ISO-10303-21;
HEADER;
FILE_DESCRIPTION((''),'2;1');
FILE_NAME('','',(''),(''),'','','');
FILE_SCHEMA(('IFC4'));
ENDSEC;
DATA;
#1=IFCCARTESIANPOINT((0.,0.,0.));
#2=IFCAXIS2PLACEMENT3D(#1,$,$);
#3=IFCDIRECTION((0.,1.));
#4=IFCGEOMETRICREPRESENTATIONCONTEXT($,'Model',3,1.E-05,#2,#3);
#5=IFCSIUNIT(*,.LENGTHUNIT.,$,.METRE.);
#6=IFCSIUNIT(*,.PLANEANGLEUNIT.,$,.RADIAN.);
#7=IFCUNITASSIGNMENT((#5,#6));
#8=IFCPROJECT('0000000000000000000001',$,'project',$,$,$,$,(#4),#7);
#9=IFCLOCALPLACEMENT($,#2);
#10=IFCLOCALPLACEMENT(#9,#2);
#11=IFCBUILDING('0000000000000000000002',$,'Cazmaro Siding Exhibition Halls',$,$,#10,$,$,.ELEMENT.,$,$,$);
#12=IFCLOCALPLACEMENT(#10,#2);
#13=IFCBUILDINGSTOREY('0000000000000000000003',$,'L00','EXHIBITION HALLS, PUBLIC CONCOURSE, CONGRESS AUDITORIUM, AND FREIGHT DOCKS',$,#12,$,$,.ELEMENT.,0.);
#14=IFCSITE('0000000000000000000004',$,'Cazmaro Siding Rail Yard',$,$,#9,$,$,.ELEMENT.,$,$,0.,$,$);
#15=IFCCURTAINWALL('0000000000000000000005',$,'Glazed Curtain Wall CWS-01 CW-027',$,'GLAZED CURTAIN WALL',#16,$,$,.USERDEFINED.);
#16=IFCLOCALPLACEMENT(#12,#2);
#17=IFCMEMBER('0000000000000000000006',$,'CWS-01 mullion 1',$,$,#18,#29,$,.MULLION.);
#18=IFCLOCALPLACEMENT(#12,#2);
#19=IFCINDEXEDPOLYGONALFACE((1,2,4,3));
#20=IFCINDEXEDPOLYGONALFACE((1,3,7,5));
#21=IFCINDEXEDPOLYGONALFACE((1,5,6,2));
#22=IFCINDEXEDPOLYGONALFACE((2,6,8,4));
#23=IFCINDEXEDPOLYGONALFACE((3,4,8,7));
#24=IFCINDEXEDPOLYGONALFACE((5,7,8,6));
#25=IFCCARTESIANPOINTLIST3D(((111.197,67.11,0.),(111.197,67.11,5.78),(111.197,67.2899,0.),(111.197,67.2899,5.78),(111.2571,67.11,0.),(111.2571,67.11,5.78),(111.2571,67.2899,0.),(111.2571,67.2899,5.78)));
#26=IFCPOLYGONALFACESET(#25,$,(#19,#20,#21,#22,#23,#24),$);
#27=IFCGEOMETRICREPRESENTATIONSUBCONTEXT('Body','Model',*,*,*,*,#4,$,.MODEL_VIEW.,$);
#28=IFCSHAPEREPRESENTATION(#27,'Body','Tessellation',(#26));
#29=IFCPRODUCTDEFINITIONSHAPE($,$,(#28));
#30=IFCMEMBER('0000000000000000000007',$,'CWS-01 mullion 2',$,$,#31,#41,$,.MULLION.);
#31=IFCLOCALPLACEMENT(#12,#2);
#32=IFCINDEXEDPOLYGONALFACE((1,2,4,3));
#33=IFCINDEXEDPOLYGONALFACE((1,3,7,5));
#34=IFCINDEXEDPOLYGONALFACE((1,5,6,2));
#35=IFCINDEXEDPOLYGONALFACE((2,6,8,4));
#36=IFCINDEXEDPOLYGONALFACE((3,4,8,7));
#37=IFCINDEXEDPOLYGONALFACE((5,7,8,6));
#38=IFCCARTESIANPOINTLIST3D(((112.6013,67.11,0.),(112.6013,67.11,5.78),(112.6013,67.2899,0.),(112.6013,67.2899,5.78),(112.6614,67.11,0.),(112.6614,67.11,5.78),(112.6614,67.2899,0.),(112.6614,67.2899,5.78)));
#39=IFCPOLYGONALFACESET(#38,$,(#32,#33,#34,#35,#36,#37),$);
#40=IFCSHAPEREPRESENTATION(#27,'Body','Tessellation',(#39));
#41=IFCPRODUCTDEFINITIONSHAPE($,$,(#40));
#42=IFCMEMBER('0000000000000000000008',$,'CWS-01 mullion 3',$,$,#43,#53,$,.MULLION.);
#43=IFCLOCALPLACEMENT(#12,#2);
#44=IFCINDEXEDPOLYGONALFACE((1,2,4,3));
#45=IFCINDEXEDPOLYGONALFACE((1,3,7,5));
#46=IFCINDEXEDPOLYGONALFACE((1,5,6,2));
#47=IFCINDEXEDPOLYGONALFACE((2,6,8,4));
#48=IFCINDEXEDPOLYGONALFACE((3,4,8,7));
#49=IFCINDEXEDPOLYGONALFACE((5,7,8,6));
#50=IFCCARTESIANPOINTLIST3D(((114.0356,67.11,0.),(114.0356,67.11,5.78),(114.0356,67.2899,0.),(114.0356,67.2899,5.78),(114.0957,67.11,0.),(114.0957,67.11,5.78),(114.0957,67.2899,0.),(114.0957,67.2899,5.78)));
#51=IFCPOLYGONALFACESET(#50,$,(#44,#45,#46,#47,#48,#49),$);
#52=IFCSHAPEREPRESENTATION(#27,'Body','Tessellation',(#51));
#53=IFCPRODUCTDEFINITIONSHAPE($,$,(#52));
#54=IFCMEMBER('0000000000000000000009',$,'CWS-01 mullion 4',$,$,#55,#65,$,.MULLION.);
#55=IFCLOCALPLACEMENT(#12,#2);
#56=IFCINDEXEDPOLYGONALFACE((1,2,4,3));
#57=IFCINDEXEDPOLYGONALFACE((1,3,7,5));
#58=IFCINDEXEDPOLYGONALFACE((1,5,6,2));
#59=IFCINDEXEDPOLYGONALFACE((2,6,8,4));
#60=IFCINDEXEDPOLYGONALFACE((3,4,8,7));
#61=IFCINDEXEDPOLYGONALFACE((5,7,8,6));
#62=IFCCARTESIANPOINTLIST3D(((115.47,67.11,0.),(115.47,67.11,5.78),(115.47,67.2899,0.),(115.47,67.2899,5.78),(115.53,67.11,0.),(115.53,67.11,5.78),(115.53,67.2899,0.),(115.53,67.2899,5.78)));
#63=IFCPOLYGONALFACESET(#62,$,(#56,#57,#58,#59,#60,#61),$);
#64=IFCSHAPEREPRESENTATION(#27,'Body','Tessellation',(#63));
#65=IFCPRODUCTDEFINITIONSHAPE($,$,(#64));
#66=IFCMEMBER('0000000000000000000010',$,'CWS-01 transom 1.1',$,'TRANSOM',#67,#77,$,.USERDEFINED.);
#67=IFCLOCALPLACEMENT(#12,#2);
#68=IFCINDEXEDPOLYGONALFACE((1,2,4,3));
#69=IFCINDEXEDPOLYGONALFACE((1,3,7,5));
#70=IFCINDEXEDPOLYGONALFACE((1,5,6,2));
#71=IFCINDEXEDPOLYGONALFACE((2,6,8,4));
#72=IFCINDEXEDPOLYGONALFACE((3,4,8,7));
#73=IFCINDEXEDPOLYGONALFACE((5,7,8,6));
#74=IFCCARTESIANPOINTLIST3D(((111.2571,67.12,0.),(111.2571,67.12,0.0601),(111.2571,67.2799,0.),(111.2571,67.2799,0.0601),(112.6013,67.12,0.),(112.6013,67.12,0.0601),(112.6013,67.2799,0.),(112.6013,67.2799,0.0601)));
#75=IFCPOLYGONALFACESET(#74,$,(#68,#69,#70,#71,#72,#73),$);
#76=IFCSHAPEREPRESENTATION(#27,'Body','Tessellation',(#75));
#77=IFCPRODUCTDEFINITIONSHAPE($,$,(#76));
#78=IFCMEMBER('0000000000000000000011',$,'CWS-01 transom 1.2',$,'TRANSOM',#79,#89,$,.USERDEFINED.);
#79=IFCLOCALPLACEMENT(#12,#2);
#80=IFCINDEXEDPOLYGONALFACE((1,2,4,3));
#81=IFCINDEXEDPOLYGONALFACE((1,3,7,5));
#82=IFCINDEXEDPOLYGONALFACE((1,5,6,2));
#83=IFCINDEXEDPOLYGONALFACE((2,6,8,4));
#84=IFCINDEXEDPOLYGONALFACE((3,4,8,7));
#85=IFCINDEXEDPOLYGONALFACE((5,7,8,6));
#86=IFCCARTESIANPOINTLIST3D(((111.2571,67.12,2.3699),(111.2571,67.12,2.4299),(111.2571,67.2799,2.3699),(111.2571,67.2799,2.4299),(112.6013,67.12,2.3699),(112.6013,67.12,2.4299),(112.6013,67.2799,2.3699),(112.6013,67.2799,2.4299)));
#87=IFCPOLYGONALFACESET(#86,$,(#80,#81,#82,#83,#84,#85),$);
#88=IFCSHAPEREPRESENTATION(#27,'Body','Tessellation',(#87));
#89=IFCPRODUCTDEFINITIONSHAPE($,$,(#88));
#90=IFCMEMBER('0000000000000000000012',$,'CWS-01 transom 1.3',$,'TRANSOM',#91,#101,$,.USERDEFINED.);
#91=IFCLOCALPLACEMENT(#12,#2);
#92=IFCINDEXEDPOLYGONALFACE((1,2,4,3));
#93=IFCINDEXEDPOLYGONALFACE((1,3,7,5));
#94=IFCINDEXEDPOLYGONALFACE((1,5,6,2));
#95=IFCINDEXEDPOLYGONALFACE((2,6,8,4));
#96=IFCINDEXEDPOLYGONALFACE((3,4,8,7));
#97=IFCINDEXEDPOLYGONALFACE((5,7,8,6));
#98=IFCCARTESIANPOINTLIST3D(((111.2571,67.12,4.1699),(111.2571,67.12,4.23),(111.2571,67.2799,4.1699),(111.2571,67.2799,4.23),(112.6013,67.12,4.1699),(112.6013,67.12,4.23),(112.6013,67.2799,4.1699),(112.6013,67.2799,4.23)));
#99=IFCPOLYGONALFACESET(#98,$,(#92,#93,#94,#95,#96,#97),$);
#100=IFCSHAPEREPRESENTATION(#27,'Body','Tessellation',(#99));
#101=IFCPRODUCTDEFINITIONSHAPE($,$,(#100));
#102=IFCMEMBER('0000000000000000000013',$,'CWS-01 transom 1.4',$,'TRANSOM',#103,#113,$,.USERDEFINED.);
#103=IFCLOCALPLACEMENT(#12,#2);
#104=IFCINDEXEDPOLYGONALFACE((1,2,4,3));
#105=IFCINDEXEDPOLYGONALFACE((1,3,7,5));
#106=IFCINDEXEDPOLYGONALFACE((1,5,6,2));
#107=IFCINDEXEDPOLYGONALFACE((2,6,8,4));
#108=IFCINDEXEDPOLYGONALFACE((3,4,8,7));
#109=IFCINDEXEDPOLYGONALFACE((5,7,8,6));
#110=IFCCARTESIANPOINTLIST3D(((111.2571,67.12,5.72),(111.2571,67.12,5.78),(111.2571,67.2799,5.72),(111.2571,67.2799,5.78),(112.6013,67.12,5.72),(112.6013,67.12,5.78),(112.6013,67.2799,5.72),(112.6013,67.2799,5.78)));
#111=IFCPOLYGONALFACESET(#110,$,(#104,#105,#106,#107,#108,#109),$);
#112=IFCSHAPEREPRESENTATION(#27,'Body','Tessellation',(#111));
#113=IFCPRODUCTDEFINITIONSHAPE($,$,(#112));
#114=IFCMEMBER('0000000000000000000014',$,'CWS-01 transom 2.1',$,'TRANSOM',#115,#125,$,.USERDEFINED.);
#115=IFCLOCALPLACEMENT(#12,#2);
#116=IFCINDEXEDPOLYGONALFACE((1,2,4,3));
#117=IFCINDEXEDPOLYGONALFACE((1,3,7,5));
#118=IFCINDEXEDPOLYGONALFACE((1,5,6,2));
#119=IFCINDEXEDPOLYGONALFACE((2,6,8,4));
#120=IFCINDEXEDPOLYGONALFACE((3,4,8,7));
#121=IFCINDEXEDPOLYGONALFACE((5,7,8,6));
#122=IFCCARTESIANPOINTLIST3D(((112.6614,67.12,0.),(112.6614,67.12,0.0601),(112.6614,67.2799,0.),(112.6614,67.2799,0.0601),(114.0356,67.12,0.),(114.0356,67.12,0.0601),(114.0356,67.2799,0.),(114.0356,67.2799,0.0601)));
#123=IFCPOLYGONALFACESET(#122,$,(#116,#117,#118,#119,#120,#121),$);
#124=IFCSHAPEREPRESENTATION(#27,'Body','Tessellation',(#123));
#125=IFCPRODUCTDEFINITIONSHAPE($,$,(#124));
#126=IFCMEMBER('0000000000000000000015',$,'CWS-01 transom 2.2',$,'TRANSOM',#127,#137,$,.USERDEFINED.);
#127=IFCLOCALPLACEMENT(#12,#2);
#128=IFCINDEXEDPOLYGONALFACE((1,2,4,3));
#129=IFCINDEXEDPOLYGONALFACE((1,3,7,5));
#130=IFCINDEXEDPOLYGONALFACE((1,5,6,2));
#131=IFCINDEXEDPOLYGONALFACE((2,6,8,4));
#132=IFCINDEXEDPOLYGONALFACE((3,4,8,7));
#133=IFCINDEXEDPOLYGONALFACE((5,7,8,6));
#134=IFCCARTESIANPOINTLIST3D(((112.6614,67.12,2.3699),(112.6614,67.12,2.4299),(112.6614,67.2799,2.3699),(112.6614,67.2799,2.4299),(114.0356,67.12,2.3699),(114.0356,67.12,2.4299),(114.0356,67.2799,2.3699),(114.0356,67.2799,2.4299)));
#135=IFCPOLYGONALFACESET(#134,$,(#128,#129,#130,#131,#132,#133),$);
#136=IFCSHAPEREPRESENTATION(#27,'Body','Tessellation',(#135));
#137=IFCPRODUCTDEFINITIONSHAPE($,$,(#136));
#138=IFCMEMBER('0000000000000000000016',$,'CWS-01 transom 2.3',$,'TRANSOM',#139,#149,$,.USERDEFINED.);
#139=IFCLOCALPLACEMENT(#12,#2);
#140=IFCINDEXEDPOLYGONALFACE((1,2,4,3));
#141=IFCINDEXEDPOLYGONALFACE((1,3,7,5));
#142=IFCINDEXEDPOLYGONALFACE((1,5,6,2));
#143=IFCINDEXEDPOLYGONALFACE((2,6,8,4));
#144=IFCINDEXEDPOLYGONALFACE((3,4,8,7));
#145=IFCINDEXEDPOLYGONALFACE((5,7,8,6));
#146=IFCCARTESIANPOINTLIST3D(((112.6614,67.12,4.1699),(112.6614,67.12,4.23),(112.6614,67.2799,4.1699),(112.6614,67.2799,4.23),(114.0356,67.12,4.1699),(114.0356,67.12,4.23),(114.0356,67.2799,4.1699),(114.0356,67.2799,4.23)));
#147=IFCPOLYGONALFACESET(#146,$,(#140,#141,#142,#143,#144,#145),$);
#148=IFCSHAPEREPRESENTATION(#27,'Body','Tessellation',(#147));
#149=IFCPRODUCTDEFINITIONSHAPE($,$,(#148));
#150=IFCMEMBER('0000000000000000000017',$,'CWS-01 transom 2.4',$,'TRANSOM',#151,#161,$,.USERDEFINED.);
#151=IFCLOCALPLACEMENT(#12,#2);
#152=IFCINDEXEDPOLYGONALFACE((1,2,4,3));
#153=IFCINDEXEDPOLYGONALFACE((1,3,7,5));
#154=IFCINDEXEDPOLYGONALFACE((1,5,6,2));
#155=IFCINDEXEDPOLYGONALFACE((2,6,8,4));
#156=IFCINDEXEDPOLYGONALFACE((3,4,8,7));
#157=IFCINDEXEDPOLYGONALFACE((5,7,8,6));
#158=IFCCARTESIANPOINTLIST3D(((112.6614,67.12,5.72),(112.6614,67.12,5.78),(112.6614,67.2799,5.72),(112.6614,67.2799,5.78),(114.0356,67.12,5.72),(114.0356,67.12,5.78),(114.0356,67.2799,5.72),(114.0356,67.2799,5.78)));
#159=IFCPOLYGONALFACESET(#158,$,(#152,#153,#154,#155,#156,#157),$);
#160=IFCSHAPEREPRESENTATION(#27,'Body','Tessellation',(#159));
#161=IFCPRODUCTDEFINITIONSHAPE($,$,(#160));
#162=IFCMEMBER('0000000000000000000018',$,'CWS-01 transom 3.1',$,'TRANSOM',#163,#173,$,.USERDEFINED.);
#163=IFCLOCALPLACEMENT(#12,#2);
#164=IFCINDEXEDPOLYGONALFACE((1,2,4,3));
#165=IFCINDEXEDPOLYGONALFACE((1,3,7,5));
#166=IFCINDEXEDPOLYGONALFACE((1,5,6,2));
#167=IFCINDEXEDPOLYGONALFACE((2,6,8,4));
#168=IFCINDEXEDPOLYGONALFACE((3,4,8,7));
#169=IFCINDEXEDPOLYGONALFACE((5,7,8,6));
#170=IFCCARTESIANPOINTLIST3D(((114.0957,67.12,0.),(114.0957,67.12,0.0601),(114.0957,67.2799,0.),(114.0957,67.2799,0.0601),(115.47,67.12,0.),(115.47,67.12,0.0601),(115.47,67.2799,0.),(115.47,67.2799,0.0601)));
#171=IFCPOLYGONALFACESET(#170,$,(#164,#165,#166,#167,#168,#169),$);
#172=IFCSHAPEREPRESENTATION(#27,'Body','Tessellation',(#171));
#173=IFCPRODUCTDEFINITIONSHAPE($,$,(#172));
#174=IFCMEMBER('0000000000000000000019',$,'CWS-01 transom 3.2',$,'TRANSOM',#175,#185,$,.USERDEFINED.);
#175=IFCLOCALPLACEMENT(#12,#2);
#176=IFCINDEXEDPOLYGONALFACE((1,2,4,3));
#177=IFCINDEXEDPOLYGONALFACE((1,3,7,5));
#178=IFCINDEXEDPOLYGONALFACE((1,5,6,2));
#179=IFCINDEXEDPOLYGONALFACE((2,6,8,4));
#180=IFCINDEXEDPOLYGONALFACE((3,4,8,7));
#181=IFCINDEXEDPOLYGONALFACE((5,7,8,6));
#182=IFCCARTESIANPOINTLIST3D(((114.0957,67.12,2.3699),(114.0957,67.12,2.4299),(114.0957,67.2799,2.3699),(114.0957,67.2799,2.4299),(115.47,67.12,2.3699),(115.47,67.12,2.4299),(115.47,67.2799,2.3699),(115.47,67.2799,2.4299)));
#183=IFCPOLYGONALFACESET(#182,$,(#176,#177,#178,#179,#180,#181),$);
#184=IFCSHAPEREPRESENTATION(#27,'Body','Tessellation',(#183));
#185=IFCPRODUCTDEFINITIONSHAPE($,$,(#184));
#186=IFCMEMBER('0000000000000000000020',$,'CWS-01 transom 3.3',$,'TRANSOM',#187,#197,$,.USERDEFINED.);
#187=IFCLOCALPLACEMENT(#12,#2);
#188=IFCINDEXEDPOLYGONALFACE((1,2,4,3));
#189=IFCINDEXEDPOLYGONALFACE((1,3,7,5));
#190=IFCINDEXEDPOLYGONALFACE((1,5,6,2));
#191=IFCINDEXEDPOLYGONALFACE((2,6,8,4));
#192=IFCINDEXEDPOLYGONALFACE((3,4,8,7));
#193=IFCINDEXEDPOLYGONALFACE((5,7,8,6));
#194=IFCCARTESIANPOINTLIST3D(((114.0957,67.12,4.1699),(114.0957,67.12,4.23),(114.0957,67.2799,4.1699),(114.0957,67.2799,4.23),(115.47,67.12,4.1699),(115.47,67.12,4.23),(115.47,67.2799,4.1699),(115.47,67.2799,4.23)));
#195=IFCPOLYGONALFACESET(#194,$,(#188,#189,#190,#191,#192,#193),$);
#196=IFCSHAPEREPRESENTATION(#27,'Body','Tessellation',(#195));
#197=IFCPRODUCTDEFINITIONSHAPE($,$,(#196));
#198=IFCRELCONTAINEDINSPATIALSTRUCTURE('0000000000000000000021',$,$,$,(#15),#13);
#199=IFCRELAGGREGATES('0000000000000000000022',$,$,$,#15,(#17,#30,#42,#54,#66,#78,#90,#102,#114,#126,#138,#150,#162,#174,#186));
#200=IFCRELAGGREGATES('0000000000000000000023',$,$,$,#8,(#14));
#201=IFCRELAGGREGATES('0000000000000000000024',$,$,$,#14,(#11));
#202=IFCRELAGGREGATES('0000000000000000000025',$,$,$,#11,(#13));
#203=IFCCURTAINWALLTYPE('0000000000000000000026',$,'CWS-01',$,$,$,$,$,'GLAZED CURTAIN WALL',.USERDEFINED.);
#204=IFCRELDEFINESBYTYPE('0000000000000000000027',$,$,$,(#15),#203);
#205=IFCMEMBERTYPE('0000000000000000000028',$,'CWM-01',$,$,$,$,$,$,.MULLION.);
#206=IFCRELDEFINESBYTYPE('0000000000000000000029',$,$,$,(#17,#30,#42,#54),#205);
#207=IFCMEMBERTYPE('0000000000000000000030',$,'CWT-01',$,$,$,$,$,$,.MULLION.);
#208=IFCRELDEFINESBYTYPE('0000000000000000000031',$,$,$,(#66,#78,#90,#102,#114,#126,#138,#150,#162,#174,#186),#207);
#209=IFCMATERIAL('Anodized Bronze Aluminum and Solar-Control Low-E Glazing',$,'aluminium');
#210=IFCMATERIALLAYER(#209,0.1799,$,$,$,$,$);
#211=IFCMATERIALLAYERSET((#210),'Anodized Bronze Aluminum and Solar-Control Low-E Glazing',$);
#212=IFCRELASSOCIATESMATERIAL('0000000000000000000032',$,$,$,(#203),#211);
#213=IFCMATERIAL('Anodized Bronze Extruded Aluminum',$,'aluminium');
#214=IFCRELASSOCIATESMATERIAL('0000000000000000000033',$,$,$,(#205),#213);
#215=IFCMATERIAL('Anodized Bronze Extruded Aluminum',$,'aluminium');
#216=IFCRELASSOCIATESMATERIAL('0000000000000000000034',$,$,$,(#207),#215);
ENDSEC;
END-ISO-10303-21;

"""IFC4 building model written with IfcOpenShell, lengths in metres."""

from ifc_helpers import new_model, si_unit, direction, frame, origin, origin_2d, place, context, subcontext, project, spatial, rectangle, extrude, material, layer, layer_set, material_profile, profile_set, type_object, element, aggregate, save


model = new_model("IFC4")

# Units and contexts
model_context = context("Model", 3, precision=1e-05, world=origin(), true_north=direction((0.0, 1.0)))
body_context = subcontext(model_context, "Body", "Model", "MODEL_VIEW")
ifc_project = project(units=[si_unit("LENGTHUNIT", "METRE"), si_unit("PLANEANGLEUNIT", "RADIAN")], contexts=[model_context])

# Site, building, storey
site_placement = place(None, origin())
site = spatial("IfcSite", under=ifc_project, at=site_placement, Name="Cazmaro Siding Rail Yard", CompositionType="ELEMENT", RefElevation=0.0)
building_placement = place(site_placement, origin())
building = spatial("IfcBuilding", under=site, at=building_placement, Name="Cazmaro Siding Exhibition Halls", CompositionType="ELEMENT")
storey_placement = place(building_placement, origin())
storey = spatial("IfcBuildingStorey", under=building, at=storey_placement, Name="L00", Description="EXHIBITION HALLS, PUBLIC CONCOURSE, CONGRESS AUDITORIUM, AND FREIGHT DOCKS", CompositionType="ELEMENT", Elevation=0.0)

# Curtain wall, members
ifc_material_1 = material(Name="Anodized Bronze Aluminum and Solar-Control Low-E Glazing", Category="aluminium")
ifc_layer_1 = layer(ifc_material_1, 0.1799)
ifc_layer_set_1 = layer_set([ifc_layer_1], Name="Anodized Bronze Aluminum and Solar-Control Low-E Glazing")
curtain_wall_type = type_object("IfcCurtainWallType", Name="CWS-01", ElementType="GLAZED CURTAIN WALL", PredefinedType="USERDEFINED", material=ifc_layer_set_1)
curtain_wall_placement = place(storey_placement, origin())
curtain_wall = element("IfcCurtainWall", 1, at=curtain_wall_placement, inside=storey, type_object=curtain_wall_type, Name="Glazed Curtain Wall CWS-01 CW-027", ObjectType="GLAZED CURTAIN WALL", PredefinedType="USERDEFINED")
ifc_material_2 = material(Name="Anodized Bronze Extruded Aluminum", Category="aluminium")
ifc_material_profile_1 = material_profile(ifc_material_2, rectangle(XDim=0.1799, YDim=0.0601, at=origin_2d()), Name="CWM-01")
ifc_profile_set_1 = profile_set([ifc_material_profile_1], Name="Anodized Bronze Extruded Aluminum")
member_type_1 = type_object("IfcMemberType", Name="CWM-01", PredefinedType="MULLION", material=ifc_profile_set_1)
member_1_placement = place(storey_placement, frame((111.2271, 67.2, 0.0), z_axis=(0.0, 0.0, 1.0), x_axis=(0.0, 1.0, 0.0)))
member_1 = element("IfcMember", 2, at=member_1_placement, type_object=member_type_1, Name="CWS-01 mullion 1", PredefinedType="MULLION", context=body_context, shape_type="SweptSolid", body=[
    extrude(rectangle(XDim=0.1799, YDim=0.0601, at=origin_2d()), origin(), (0.0, 0.0, 1.0), 5.78),
])
member_2_placement = place(storey_placement, frame((112.6313, 67.2, 0.0), z_axis=(0.0, 0.0, 1.0), x_axis=(0.0, 1.0, 0.0)))
member_2 = element("IfcMember", 3, at=member_2_placement, type_object=member_type_1, Name="CWS-01 mullion 2", PredefinedType="MULLION", context=body_context, shape_type="SweptSolid", body=[
    extrude(rectangle(XDim=0.1799, YDim=0.0601, at=origin_2d()), origin(), (0.0, 0.0, 1.0), 5.78),
])
member_3_placement = place(storey_placement, frame((114.0657, 67.2, 0.0), z_axis=(0.0, 0.0, 1.0), x_axis=(0.0, 1.0, 0.0)))
member_3 = element("IfcMember", 4, at=member_3_placement, type_object=member_type_1, Name="CWS-01 mullion 3", PredefinedType="MULLION", context=body_context, shape_type="SweptSolid", body=[
    extrude(rectangle(XDim=0.1799, YDim=0.0601, at=origin_2d()), origin(), (0.0, 0.0, 1.0), 5.78),
])
member_4_placement = place(storey_placement, frame((115.5, 67.2, 0.0), z_axis=(0.0, 0.0, 1.0), x_axis=(0.0, 1.0, 0.0)))
member_4 = element("IfcMember", 5, at=member_4_placement, type_object=member_type_1, Name="CWS-01 mullion 4", PredefinedType="MULLION", context=body_context, shape_type="SweptSolid", body=[
    extrude(rectangle(XDim=0.1799, YDim=0.0601, at=origin_2d()), origin(), (0.0, 0.0, 1.0), 5.78),
])
ifc_material_3 = material(Name="Anodized Bronze Extruded Aluminum", Category="aluminium")
ifc_material_profile_2 = material_profile(ifc_material_3, rectangle(XDim=0.1599, YDim=0.0601, at=origin_2d()), Name="CWT-01")
ifc_profile_set_2 = profile_set([ifc_material_profile_2], Name="Anodized Bronze Extruded Aluminum")
member_type_2 = type_object("IfcMemberType", Name="CWT-01", PredefinedType="MULLION", material=ifc_profile_set_2)
member_5_placement = place(storey_placement, frame((111.2571, 67.2, 0.03), z_axis=(1.0, 0.0, 0.0), x_axis=(0.0, 1.0, 0.0)))
member_5 = element("IfcMember", 6, at=member_5_placement, type_object=member_type_2, Name="CWS-01 transom 1.1", ObjectType="TRANSOM", PredefinedType="USERDEFINED", context=body_context, shape_type="SweptSolid", body=[
    extrude(rectangle(XDim=0.1599, YDim=0.0601, at=origin_2d()), origin(), (0.0, 0.0, 1.0), 1.3442),
])
member_6_placement = place(storey_placement, frame((111.2571, 67.2, 2.3999), z_axis=(1.0, 0.0, 0.0), x_axis=(0.0, 1.0, 0.0)))
member_6 = element("IfcMember", 7, at=member_6_placement, type_object=member_type_2, Name="CWS-01 transom 1.2", ObjectType="TRANSOM", PredefinedType="USERDEFINED", context=body_context, shape_type="SweptSolid", body=[
    extrude(rectangle(XDim=0.1599, YDim=0.0601, at=origin_2d()), origin(), (0.0, 0.0, 1.0), 1.3442),
])
member_7_placement = place(storey_placement, frame((111.2571, 67.2, 4.2), z_axis=(1.0, 0.0, 0.0), x_axis=(0.0, 1.0, 0.0)))
member_7 = element("IfcMember", 8, at=member_7_placement, type_object=member_type_2, Name="CWS-01 transom 1.3", ObjectType="TRANSOM", PredefinedType="USERDEFINED", context=body_context, shape_type="SweptSolid", body=[
    extrude(rectangle(XDim=0.1599, YDim=0.0601, at=origin_2d()), origin(), (0.0, 0.0, 1.0), 1.3442),
])
member_8_placement = place(storey_placement, frame((111.2571, 67.2, 5.75), z_axis=(1.0, 0.0, 0.0), x_axis=(0.0, 1.0, 0.0)))
member_8 = element("IfcMember", 9, at=member_8_placement, type_object=member_type_2, Name="CWS-01 transom 1.4", ObjectType="TRANSOM", PredefinedType="USERDEFINED", context=body_context, shape_type="SweptSolid", body=[
    extrude(rectangle(XDim=0.1599, YDim=0.0601, at=origin_2d()), origin(), (0.0, 0.0, 1.0), 1.3442),
])
member_9_placement = place(storey_placement, frame((112.6614, 67.2, 0.03), z_axis=(1.0, 0.0, 0.0), x_axis=(0.0, 1.0, 0.0)))
member_9 = element("IfcMember", 10, at=member_9_placement, type_object=member_type_2, Name="CWS-01 transom 2.1", ObjectType="TRANSOM", PredefinedType="USERDEFINED", context=body_context, shape_type="SweptSolid", body=[
    extrude(rectangle(XDim=0.1599, YDim=0.0601, at=origin_2d()), origin(), (0.0, 0.0, 1.0), 1.3743),
])
member_10_placement = place(storey_placement, frame((112.6614, 67.2, 2.3999), z_axis=(1.0, 0.0, 0.0), x_axis=(0.0, 1.0, 0.0)))
member_10 = element("IfcMember", 11, at=member_10_placement, type_object=member_type_2, Name="CWS-01 transom 2.2", ObjectType="TRANSOM", PredefinedType="USERDEFINED", context=body_context, shape_type="SweptSolid", body=[
    extrude(rectangle(XDim=0.1599, YDim=0.0601, at=origin_2d()), origin(), (0.0, 0.0, 1.0), 1.3743),
])
member_11_placement = place(storey_placement, frame((112.6614, 67.2, 4.2), z_axis=(1.0, 0.0, 0.0), x_axis=(0.0, 1.0, 0.0)))
member_11 = element("IfcMember", 12, at=member_11_placement, type_object=member_type_2, Name="CWS-01 transom 2.3", ObjectType="TRANSOM", PredefinedType="USERDEFINED", context=body_context, shape_type="SweptSolid", body=[
    extrude(rectangle(XDim=0.1599, YDim=0.0601, at=origin_2d()), origin(), (0.0, 0.0, 1.0), 1.3743),
])
member_12_placement = place(storey_placement, frame((112.6614, 67.2, 5.75), z_axis=(1.0, 0.0, 0.0), x_axis=(0.0, 1.0, 0.0)))
member_12 = element("IfcMember", 13, at=member_12_placement, type_object=member_type_2, Name="CWS-01 transom 2.4", ObjectType="TRANSOM", PredefinedType="USERDEFINED", context=body_context, shape_type="SweptSolid", body=[
    extrude(rectangle(XDim=0.1599, YDim=0.0601, at=origin_2d()), origin(), (0.0, 0.0, 1.0), 1.3743),
])
member_13_placement = place(storey_placement, frame((114.0957, 67.2, 0.03), z_axis=(1.0, 0.0, 0.0), x_axis=(0.0, 1.0, 0.0)))
member_13 = element("IfcMember", 14, at=member_13_placement, type_object=member_type_2, Name="CWS-01 transom 3.1", ObjectType="TRANSOM", PredefinedType="USERDEFINED", context=body_context, shape_type="SweptSolid", body=[
    extrude(rectangle(XDim=0.1599, YDim=0.0601, at=origin_2d()), origin(), (0.0, 0.0, 1.0), 1.3743),
])
member_14_placement = place(storey_placement, frame((114.0957, 67.2, 2.3999), z_axis=(1.0, 0.0, 0.0), x_axis=(0.0, 1.0, 0.0)))
member_14 = element("IfcMember", 15, at=member_14_placement, type_object=member_type_2, Name="CWS-01 transom 3.2", ObjectType="TRANSOM", PredefinedType="USERDEFINED", context=body_context, shape_type="SweptSolid", body=[
    extrude(rectangle(XDim=0.1599, YDim=0.0601, at=origin_2d()), origin(), (0.0, 0.0, 1.0), 1.3743),
])
member_15_placement = place(storey_placement, frame((114.0957, 67.2, 4.2), z_axis=(1.0, 0.0, 0.0), x_axis=(0.0, 1.0, 0.0)))
member_15 = element("IfcMember", 16, at=member_15_placement, type_object=member_type_2, Name="CWS-01 transom 3.3", ObjectType="TRANSOM", PredefinedType="USERDEFINED", context=body_context, shape_type="SweptSolid", body=[
    extrude(rectangle(XDim=0.1599, YDim=0.0601, at=origin_2d()), origin(), (0.0, 0.0, 1.0), 1.3743),
])
aggregate(curtain_wall, [member_1, member_2, member_3, member_4, member_5, member_6, member_7, member_8, member_9, member_10, member_11, member_12, member_13, member_14, member_15])

save(model, "model.ifc")
